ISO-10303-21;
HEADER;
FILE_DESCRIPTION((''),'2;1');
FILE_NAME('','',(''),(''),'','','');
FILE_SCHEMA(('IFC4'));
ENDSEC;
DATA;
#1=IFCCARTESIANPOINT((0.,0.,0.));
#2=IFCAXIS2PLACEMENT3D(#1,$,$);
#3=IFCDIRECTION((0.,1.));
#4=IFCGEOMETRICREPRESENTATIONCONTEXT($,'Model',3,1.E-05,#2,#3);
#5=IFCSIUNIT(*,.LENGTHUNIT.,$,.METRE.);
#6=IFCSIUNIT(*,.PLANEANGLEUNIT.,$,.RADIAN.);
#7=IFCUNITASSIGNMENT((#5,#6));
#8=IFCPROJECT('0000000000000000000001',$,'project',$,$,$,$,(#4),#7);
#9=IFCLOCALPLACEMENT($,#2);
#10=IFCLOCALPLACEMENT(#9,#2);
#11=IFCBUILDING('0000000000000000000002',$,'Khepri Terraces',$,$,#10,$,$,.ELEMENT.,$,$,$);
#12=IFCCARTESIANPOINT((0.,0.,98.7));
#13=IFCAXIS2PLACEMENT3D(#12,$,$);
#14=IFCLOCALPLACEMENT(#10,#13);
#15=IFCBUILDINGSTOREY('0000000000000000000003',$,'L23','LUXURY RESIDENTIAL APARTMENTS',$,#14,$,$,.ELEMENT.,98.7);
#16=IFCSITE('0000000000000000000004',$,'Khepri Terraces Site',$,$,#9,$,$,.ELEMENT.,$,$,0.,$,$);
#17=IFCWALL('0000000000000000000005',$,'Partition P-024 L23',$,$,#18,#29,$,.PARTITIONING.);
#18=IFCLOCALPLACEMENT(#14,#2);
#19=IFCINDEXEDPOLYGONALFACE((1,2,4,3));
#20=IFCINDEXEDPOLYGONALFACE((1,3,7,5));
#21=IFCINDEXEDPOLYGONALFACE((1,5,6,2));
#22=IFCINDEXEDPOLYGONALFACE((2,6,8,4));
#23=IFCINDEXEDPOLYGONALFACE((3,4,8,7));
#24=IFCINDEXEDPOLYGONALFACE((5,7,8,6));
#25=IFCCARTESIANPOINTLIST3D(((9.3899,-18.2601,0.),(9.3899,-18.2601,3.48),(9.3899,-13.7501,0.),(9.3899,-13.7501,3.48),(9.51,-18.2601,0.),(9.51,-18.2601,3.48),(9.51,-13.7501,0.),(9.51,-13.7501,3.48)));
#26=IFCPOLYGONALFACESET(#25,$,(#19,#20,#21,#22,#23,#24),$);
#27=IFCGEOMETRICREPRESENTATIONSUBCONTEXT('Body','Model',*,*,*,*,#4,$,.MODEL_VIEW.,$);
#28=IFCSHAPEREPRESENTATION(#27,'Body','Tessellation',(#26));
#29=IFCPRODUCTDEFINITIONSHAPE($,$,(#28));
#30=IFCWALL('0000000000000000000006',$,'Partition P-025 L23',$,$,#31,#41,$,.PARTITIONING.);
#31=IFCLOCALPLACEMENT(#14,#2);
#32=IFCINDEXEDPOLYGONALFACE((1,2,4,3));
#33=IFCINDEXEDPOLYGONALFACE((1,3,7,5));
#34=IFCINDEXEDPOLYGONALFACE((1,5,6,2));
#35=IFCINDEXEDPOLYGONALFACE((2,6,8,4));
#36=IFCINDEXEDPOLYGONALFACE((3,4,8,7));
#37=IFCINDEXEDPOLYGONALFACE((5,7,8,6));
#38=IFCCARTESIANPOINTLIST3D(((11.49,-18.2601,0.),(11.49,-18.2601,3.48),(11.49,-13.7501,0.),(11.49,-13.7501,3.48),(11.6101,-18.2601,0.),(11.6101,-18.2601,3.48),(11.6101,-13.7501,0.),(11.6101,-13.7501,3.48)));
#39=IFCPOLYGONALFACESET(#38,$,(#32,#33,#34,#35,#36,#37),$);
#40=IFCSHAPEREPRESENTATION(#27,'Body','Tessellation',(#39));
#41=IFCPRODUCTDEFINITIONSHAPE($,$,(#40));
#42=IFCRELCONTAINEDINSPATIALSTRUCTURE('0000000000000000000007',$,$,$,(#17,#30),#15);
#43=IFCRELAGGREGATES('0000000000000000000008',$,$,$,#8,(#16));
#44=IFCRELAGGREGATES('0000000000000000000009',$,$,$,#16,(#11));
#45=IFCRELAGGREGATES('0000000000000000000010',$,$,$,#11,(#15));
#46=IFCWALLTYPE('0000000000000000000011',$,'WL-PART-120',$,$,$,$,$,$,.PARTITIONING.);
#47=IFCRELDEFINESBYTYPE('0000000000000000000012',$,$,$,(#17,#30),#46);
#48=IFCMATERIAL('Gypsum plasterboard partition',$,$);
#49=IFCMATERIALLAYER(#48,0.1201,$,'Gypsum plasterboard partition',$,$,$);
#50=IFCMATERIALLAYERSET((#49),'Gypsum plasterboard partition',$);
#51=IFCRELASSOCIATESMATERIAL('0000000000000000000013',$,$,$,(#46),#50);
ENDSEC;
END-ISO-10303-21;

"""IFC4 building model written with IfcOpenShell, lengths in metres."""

from ifc_helpers import new_model, si_unit, direction, frame, frame_2d, origin, place, context, subcontext, project, spatial, rectangle, extrude, material, layer, layer_set, type_object, element, save


model = new_model("IFC4")

# Units and contexts
model_context = context("Model", 3, precision=1e-05, world=origin(), true_north=direction((0.0, 1.0)))
body_context = subcontext(model_context, "Body", "Model", "MODEL_VIEW")
ifc_project = project(units=[si_unit("LENGTHUNIT", "METRE"), si_unit("PLANEANGLEUNIT", "RADIAN")], contexts=[model_context])

# Site, building, storey
site_placement = place(None, origin())
site = spatial("IfcSite", under=ifc_project, at=site_placement, Name="Khepri Terraces Site", CompositionType="ELEMENT", RefElevation=0.0)
building_placement = place(site_placement, origin())
building = spatial("IfcBuilding", under=site, at=building_placement, Name="Khepri Terraces", CompositionType="ELEMENT")
storey_placement = place(building_placement, frame((0.0, 0.0, 98.7)))
storey = spatial("IfcBuildingStorey", under=building, at=storey_placement, Name="L23", Description="LUXURY RESIDENTIAL APARTMENTS", CompositionType="ELEMENT", Elevation=98.7)

# Shared definitions
ifc_material_1 = material(Name="Gypsum plasterboard partition")
ifc_layer_1 = layer(ifc_material_1, 0.1201, Name="Gypsum plasterboard partition")
ifc_layer_set_1 = layer_set([ifc_layer_1], Name="Gypsum plasterboard partition")
wall_type_1 = type_object("IfcWallType", Name="WL-PART-120", PredefinedType="PARTITIONING", material=ifc_layer_set_1)

# Walls
for number, where, z_axis, x_axis, name in (
    (1, (9.45, -18.26, 0.0), (0.0, 0.0, 1.0), (0.0, 1.0, 0.0), "Partition P-024 L23"),
    (2, (11.55, -18.26, 0.0), (0.0, 0.0, 1.0), (0.0, 1.0, 0.0), "Partition P-025 L23"),
):
    element("IfcWall", number, at=place(storey_placement, frame(where, z_axis=z_axis, x_axis=x_axis)), inside=storey, type_object=wall_type_1, Name=name, PredefinedType="PARTITIONING", context=body_context, shape_type="SweptSolid", body=[
        extrude(rectangle(XDim=4.51, YDim=0.1201, at=frame_2d((2.2549, 0.0))), origin(), (0.0, 0.0, 1.0), 3.48),
    ])

save(model, "model.ifc")
